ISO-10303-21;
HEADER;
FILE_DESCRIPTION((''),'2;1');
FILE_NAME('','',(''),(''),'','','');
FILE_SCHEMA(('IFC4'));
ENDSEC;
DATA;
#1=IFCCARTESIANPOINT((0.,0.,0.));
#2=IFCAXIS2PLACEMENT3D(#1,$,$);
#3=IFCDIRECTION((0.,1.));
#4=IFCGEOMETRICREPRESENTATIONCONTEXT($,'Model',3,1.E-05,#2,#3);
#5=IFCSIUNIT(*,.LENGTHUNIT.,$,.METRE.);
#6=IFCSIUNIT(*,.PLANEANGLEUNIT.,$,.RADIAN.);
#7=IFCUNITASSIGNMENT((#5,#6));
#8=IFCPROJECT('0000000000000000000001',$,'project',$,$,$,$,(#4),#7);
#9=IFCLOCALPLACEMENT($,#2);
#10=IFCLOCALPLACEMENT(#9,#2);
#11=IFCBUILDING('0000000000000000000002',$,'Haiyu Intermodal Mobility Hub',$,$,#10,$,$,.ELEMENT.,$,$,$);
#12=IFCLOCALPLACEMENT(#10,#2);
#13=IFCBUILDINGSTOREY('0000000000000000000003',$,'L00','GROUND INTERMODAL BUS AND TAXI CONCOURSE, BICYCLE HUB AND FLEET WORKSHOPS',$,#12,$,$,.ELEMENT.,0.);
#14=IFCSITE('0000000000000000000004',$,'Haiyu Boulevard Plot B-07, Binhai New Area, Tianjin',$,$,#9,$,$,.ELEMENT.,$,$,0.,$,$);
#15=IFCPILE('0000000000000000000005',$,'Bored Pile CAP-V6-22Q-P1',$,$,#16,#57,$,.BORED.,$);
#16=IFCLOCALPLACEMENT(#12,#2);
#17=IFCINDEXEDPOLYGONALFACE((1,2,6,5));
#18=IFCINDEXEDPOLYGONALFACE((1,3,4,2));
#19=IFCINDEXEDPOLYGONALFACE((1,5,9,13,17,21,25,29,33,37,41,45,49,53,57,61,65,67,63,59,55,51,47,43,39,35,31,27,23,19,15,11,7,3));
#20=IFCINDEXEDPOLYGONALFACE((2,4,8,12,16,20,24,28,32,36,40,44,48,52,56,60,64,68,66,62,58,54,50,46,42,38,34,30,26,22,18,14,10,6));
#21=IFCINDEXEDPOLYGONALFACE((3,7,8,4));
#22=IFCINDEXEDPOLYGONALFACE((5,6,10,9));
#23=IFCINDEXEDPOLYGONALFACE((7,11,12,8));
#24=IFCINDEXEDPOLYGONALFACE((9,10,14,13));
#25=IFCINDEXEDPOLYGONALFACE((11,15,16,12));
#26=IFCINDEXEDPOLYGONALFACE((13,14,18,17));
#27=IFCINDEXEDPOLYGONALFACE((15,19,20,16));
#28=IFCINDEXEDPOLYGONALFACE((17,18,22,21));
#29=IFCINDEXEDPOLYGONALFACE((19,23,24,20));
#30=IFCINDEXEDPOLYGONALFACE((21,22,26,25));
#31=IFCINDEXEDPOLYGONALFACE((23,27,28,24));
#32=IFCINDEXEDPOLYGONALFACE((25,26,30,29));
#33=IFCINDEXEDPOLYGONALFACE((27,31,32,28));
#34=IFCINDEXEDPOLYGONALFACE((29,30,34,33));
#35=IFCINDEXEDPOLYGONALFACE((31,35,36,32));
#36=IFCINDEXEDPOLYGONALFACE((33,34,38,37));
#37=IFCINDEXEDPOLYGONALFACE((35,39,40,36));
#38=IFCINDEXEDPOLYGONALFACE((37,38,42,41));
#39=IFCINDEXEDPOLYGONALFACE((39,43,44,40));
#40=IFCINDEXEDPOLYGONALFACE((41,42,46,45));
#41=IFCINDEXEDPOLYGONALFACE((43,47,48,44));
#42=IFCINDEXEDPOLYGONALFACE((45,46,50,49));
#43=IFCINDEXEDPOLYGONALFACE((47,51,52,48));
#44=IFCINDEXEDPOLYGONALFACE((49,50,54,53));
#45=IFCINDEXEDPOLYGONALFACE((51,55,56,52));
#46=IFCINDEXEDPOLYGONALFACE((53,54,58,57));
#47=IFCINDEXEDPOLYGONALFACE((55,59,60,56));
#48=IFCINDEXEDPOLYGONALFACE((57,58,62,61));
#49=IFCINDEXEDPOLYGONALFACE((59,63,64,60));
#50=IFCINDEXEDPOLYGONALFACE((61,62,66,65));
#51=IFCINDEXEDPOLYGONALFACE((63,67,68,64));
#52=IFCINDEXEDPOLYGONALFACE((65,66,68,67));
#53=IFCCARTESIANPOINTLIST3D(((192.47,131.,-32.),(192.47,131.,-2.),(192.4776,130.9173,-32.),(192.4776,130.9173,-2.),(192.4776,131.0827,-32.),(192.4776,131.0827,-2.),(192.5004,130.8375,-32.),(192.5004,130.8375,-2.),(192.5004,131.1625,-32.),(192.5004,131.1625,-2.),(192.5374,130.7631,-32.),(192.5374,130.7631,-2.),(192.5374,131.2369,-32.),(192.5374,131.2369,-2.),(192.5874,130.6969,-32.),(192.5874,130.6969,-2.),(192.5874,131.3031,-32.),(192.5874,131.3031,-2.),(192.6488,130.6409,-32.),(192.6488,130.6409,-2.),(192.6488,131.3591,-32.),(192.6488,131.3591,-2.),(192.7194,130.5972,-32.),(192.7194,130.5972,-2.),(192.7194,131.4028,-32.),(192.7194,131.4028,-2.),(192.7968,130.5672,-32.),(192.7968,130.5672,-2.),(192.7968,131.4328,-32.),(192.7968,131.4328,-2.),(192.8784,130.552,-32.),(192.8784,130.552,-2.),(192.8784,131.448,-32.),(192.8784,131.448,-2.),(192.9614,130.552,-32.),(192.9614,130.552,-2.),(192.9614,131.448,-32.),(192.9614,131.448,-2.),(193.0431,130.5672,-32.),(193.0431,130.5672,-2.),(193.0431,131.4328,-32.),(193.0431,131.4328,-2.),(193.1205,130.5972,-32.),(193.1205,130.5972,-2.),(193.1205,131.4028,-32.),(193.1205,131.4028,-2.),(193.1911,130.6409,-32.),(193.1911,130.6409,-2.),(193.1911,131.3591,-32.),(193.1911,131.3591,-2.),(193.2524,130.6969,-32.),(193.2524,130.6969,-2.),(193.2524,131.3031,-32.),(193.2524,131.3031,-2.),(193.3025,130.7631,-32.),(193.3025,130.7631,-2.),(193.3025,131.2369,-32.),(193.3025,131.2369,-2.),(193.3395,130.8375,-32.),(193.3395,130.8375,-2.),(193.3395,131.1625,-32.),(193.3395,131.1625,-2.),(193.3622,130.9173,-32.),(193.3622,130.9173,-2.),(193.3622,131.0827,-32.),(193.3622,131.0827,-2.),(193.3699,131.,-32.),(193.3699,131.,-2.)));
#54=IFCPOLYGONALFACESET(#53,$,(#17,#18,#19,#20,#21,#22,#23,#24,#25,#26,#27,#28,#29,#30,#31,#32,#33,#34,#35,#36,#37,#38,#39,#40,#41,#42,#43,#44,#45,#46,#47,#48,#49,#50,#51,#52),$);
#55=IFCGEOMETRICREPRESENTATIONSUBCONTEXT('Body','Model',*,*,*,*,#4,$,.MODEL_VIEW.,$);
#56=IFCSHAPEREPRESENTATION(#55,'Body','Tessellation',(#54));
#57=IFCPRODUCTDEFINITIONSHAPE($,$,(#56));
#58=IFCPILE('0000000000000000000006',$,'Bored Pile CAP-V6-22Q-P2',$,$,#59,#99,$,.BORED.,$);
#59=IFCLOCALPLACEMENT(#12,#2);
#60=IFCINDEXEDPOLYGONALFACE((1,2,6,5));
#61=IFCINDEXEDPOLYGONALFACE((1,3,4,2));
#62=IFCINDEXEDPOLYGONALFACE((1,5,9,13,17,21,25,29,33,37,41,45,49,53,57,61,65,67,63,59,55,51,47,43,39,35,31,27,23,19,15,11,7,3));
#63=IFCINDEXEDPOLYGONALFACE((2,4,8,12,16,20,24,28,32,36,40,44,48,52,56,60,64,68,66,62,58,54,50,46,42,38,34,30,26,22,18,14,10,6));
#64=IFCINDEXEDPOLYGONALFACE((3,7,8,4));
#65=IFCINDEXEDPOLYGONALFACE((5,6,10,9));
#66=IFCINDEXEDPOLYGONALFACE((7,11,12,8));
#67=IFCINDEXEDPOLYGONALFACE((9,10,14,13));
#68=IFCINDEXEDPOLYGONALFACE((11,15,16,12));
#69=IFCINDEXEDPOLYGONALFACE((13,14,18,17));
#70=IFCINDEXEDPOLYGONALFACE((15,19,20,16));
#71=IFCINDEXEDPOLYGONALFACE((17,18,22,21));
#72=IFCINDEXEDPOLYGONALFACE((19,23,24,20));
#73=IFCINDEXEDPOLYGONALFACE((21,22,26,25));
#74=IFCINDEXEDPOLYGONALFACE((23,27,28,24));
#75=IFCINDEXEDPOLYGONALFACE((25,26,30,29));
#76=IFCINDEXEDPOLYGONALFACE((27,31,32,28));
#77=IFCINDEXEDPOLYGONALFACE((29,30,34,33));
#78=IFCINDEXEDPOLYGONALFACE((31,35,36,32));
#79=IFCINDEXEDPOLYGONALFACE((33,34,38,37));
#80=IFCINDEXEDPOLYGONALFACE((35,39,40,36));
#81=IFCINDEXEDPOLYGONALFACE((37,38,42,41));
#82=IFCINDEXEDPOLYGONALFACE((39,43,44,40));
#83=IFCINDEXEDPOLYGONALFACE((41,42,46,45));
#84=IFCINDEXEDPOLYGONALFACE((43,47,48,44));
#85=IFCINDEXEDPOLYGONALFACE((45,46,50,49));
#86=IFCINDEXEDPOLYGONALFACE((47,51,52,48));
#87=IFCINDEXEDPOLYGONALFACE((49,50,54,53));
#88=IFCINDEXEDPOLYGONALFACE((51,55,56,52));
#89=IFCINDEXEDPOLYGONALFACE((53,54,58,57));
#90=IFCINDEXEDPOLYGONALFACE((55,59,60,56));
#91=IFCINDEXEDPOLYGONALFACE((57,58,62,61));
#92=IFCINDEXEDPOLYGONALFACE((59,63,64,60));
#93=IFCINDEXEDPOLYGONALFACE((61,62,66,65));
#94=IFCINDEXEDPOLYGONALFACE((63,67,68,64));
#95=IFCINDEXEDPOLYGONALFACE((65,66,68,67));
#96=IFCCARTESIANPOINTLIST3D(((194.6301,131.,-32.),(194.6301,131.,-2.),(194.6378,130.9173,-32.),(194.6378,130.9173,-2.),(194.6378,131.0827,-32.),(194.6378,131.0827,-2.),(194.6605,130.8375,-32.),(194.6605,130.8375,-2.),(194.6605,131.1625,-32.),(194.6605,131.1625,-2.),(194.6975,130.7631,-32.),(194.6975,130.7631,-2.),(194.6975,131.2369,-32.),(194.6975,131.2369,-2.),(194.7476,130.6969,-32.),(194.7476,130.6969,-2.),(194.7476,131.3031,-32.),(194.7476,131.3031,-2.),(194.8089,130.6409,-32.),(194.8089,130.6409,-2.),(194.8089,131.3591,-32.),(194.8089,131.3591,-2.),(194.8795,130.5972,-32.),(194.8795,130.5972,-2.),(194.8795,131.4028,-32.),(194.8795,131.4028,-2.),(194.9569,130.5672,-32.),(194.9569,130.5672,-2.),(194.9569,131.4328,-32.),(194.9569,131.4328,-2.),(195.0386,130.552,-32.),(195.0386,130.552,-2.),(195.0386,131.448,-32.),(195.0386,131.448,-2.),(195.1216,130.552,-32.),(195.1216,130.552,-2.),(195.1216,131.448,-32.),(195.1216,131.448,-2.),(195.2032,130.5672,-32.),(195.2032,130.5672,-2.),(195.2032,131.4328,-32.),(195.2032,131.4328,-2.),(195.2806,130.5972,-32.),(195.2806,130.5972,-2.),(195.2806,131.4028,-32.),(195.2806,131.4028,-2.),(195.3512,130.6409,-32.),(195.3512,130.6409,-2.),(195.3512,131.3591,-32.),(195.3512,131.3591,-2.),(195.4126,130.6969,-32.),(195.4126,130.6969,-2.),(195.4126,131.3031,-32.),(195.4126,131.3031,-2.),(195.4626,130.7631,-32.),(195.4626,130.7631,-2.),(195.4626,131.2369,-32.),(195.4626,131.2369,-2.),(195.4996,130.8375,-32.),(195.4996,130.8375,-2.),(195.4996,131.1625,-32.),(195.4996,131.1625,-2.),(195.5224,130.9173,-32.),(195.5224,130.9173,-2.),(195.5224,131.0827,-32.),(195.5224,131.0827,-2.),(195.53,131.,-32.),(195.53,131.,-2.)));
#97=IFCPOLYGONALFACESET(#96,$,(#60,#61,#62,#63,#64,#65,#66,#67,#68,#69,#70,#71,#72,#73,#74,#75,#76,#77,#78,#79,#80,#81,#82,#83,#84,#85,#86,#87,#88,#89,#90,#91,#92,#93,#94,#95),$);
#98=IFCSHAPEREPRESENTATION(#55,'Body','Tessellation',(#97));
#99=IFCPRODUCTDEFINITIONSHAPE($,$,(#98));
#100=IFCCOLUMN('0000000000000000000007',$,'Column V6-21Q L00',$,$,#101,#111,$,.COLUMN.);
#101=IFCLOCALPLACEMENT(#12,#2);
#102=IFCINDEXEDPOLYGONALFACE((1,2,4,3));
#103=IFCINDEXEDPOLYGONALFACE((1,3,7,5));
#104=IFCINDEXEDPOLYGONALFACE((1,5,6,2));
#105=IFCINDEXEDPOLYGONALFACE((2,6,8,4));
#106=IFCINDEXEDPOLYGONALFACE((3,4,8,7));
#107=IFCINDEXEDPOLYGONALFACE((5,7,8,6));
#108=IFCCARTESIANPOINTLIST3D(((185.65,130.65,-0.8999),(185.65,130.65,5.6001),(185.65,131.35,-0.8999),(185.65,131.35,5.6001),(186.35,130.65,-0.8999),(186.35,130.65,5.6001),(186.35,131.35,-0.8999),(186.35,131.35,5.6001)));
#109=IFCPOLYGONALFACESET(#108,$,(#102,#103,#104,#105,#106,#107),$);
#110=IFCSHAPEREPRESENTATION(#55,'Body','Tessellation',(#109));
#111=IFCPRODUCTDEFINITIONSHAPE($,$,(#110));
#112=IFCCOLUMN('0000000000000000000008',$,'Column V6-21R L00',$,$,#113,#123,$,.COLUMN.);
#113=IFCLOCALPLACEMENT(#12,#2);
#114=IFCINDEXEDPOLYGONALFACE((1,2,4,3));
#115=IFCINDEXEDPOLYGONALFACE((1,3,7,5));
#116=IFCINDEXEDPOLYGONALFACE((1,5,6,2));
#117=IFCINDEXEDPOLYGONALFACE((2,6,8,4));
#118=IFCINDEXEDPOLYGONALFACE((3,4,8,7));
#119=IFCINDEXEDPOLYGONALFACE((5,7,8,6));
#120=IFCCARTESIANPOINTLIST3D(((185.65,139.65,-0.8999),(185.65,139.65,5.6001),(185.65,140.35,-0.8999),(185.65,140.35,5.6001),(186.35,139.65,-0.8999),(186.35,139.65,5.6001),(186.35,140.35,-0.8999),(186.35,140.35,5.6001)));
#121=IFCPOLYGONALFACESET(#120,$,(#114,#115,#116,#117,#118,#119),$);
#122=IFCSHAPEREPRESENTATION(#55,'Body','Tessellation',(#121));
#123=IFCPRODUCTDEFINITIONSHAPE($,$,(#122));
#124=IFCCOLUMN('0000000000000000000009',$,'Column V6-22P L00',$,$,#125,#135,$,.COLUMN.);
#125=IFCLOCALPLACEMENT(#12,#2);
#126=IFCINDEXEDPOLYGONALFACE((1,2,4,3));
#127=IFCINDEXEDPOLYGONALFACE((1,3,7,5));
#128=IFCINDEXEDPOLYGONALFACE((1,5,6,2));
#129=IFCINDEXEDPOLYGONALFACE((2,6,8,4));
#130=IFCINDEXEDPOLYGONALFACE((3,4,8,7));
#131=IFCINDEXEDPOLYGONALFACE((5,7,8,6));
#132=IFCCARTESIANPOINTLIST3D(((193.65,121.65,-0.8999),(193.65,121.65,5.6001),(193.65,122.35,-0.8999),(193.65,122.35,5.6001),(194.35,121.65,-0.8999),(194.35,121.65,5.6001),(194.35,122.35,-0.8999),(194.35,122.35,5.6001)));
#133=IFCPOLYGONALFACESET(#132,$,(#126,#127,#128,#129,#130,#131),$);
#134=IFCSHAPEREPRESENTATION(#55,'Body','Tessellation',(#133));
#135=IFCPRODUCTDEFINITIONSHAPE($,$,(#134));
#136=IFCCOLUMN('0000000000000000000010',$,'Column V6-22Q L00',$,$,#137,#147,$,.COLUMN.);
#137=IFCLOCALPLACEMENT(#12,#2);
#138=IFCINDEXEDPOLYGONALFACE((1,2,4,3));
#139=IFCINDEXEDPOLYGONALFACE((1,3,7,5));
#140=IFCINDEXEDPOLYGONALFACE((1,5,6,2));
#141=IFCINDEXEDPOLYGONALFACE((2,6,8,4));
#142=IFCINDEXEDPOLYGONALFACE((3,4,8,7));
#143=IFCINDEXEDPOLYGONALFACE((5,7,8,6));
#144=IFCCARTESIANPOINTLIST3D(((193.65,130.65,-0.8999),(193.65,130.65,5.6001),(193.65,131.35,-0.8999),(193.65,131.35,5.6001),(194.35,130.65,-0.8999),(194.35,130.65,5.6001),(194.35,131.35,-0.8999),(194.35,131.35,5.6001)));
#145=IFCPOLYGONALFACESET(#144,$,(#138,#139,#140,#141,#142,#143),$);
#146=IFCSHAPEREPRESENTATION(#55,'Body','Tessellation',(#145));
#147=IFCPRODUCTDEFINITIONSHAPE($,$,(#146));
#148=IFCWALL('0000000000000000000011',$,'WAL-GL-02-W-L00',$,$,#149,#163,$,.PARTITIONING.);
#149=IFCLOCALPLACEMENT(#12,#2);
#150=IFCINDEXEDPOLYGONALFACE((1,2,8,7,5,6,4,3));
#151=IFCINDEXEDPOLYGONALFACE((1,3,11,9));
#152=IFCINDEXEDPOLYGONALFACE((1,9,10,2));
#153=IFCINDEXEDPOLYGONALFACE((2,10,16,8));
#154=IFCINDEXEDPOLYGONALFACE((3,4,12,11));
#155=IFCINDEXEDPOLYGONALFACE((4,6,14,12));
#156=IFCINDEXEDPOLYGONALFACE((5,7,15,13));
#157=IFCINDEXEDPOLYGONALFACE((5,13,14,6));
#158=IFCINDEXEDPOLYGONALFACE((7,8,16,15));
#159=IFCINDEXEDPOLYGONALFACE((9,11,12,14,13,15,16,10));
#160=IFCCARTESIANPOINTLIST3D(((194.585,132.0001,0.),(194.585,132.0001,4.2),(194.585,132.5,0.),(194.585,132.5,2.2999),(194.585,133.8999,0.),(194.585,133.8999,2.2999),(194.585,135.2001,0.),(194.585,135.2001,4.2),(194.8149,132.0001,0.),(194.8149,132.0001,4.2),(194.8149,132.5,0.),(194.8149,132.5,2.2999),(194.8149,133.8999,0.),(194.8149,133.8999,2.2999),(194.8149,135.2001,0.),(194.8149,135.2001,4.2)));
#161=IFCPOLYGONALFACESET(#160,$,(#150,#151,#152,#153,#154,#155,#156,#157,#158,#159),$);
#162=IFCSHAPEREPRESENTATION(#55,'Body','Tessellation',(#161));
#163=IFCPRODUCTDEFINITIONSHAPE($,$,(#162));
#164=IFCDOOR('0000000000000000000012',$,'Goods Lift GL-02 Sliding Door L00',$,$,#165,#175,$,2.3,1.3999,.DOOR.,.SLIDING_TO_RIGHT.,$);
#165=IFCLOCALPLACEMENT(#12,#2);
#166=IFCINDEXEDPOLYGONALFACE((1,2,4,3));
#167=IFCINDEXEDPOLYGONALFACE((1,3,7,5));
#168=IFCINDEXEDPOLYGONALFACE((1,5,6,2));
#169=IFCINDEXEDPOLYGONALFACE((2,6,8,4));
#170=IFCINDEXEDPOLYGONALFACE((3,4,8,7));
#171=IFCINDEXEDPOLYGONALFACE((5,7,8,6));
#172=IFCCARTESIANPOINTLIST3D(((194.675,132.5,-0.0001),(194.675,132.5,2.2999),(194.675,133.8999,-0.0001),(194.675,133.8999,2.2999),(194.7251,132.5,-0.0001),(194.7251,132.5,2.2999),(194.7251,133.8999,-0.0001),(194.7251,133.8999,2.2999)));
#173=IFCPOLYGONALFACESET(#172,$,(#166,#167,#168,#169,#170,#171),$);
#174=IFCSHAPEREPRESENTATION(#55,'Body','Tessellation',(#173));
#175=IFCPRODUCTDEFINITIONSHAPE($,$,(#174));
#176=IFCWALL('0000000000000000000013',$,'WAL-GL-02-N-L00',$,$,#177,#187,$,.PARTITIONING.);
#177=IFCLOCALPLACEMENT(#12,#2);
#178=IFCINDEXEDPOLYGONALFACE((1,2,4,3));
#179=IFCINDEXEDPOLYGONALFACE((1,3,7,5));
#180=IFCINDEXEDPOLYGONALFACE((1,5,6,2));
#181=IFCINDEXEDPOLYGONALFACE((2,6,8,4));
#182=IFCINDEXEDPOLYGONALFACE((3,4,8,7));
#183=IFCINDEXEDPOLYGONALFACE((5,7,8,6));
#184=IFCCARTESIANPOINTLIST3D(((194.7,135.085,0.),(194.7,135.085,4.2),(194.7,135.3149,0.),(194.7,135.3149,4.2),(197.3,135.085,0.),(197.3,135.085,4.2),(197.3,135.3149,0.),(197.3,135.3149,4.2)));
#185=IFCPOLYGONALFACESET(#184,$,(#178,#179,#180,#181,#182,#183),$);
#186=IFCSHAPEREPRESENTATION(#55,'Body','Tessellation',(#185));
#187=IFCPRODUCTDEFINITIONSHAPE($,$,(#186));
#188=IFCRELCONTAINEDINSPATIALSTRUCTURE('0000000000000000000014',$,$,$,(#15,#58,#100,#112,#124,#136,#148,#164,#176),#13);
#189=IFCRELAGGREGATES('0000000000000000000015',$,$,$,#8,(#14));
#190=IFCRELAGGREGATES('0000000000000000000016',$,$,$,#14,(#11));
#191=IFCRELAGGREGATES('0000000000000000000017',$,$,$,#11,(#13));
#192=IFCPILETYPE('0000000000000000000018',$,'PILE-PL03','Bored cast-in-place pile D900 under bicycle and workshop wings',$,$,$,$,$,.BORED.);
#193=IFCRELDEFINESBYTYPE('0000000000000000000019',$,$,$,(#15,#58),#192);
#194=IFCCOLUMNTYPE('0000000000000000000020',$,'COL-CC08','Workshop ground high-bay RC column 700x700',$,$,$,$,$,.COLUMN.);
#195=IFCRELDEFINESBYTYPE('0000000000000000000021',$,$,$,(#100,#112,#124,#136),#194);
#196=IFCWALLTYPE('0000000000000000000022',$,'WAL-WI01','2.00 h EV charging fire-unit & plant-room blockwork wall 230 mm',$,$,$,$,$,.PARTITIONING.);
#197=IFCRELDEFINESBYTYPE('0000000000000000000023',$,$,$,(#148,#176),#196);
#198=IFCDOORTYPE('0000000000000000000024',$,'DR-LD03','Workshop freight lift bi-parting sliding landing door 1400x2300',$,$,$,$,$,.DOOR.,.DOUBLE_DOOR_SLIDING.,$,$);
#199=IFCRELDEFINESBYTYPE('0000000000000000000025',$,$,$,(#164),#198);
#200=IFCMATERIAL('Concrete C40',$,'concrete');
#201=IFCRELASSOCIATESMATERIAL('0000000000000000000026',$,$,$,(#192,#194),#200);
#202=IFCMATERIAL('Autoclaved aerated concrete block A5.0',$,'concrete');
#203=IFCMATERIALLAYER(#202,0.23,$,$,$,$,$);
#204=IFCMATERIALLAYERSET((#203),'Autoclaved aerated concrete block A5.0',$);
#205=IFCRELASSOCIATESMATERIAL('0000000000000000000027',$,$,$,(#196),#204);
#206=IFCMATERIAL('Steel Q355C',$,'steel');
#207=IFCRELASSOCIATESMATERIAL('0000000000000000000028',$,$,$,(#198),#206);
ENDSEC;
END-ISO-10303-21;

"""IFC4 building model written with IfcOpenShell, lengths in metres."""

from ifc_helpers import new_model, si_unit, direction, frame, frame_2d, origin, origin_2d, place, context, subcontext, project, spatial, rectangle, circle, extrude, material, layer, layer_set, material_profile, profile_set, type_object, element, fill, save


model = new_model("IFC4")

# Units and contexts
model_context = context("Model", 3, precision=1e-05, world=origin(), true_north=direction((0.0, 1.0)))
body_context = subcontext(model_context, "Body", "Model", "MODEL_VIEW")
ifc_project = project(units=[si_unit("LENGTHUNIT", "METRE"), si_unit("PLANEANGLEUNIT", "RADIAN")], contexts=[model_context])

# Site, building, storey
site_placement = place(None, origin())
site = spatial("IfcSite", under=ifc_project, at=site_placement, Name="Haiyu Boulevard Plot B-07, Binhai New Area, Tianjin", CompositionType="ELEMENT", RefElevation=0.0)
building_placement = place(site_placement, origin())
building = spatial("IfcBuilding", under=site, at=building_placement, Name="Haiyu Intermodal Mobility Hub", CompositionType="ELEMENT")
storey_placement = place(building_placement, origin())
storey = spatial("IfcBuildingStorey", under=building, at=storey_placement, Name="L00", Description="GROUND INTERMODAL BUS AND TAXI CONCOURSE, BICYCLE HUB AND FLEET WORKSHOPS", CompositionType="ELEMENT", Elevation=0.0)

# Shared definitions
ifc_material_1 = material(Name="Concrete C40", Category="concrete")

# Piles
ifc_material_profile_1 = material_profile(ifc_material_1, circle(Radius=0.45, at=origin_2d()), Name="PILE-D900")
ifc_profile_set_1 = profile_set([ifc_material_profile_1], Name="Concrete C40")
pile_type = type_object("IfcPileType", Name="PILE-PL03", Description="Bored cast-in-place pile D900 under bicycle and workshop wings", PredefinedType="BORED", material=ifc_profile_set_1)
for number, where, z_axis, x_axis, name in (
    (1, (192.9199, 131.0, -2.0), (0.0, 0.0, -1.0), (1.0, 0.0, 0.0), "Bored Pile CAP-V6-22Q-P1"),
    (2, (195.0801, 131.0, -2.0), (0.0, 0.0, -1.0), (1.0, 0.0, 0.0), "Bored Pile CAP-V6-22Q-P2"),
):
    element("IfcPile", number, at=place(storey_placement, frame(where, z_axis=z_axis, x_axis=x_axis)), inside=storey, type_object=pile_type, Name=name, PredefinedType="BORED", context=body_context, shape_type="SweptSolid", body=[
        extrude(circle(Radius=0.45, at=origin_2d()), origin(), (0.0, 0.0, 1.0), 30.0),
    ])

# Columns
ifc_material_profile_2 = material_profile(ifc_material_1, rectangle(XDim=0.7, YDim=0.7, at=origin_2d()), Name="RC700x700")
ifc_profile_set_2 = profile_set([ifc_material_profile_2], Name="Concrete C40")
column_type = type_object("IfcColumnType", Name="COL-CC08", Description="Workshop ground high-bay RC column 700x700", PredefinedType="COLUMN", material=ifc_profile_set_2)
for number, where, z_axis, x_axis, name in (
    (3, (186.0, 131.0, -0.8999), (0.0, 0.0, 1.0), (1.0, 0.0, 0.0), "Column V6-21Q L00"),
    (4, (186.0, 140.0, -0.8999), (0.0, 0.0, 1.0), (1.0, 0.0, 0.0), "Column V6-21R L00"),
    (5, (194.0, 122.0, -0.8999), (0.0, 0.0, 1.0), (1.0, 0.0, 0.0), "Column V6-22P L00"),
    (6, (194.0, 131.0, -0.8999), (0.0, 0.0, 1.0), (1.0, 0.0, 0.0), "Column V6-22Q L00"),
):
    element("IfcColumn", number, at=place(storey_placement, frame(where, z_axis=z_axis, x_axis=x_axis)), inside=storey, type_object=column_type, Name=name, PredefinedType="COLUMN", context=body_context, shape_type="SweptSolid", body=[
        extrude(rectangle(XDim=0.7, YDim=0.7, at=origin_2d()), origin(), (0.0, 0.0, 1.0), 6.5),
    ])

# Wall, opening, door
ifc_material_2 = material(Name="Autoclaved aerated concrete block A5.0", Category="concrete")
ifc_layer_1 = layer(ifc_material_2, 0.23)
ifc_layer_set_1 = layer_set([ifc_layer_1], Name="Autoclaved aerated concrete block A5.0")
wall_type = type_object("IfcWallType", Name="WAL-WI01", Description="2.00 h EV charging fire-unit & plant-room blockwork wall 230 mm", PredefinedType="PARTITIONING", material=ifc_layer_set_1)
wall_1_placement = place(storey_placement, frame((194.7, 132.0, 0.0), z_axis=(0.0, 0.0, 1.0), x_axis=(0.0, 1.0, 0.0)))
wall_1 = element("IfcWall", 7, at=wall_1_placement, inside=storey, type_object=wall_type, Name="WAL-GL-02-W-L00", PredefinedType="PARTITIONING", context=body_context, shape_type="SweptSolid", body=[
    extrude(rectangle(XDim=3.2, YDim=0.23, at=frame_2d((1.6001, 0.0))), origin(), (0.0, 0.0, 1.0), 4.2),
])
opening_placement = place(wall_1_placement, frame((0.5, 0.0, 0.0)))
opening = element("IfcOpeningElement", 8, at=opening_placement, cuts=wall_1, PredefinedType="OPENING", context=body_context, shape_type="SweptSolid", body=[
    extrude(rectangle(XDim=1.3999, YDim=2.3, at=frame_2d((0.7, 1.1499))), frame((0.0, 0.125, 0.0), z_axis=(0.0, -1.0, 0.0), x_axis=(1.0, 0.0, 0.0)), (0.0, 0.0, 1.0), 0.25),
])
ifc_material_3 = material(Name="Steel Q355C", Category="steel")
door_type = type_object("IfcDoorType", Name="DR-LD03", Description="Workshop freight lift bi-parting sliding landing door 1400x2300", OperationType="DOUBLE_DOOR_SLIDING", PredefinedType="DOOR", material=ifc_material_3)
door_placement = place(opening_placement, origin())
door = element("IfcDoor", 9, at=door_placement, inside=storey, type_object=door_type, Name="Goods Lift GL-02 Sliding Door L00", OperationType="SLIDING_TO_RIGHT", OverallHeight=2.3, OverallWidth=1.3999, PredefinedType="DOOR", context=body_context, shape_type="SweptSolid", body=[
    extrude(rectangle(XDim=1.3999, YDim=2.3, at=frame_2d((0.7, 1.1499))), frame((0.0, 0.0249, 0.0), z_axis=(0.0, -1.0, 0.0), x_axis=(1.0, 0.0, 0.0)), (0.0, 0.0, 1.0), 0.05),
])
fill(opening, door)

# Wall
wall_2_placement = place(storey_placement, frame((194.7, 135.2, 0.0), z_axis=(0.0, 0.0, 1.0), x_axis=(1.0, 0.0, 0.0)))
element("IfcWall", 10, at=wall_2_placement, inside=storey, type_object=wall_type, Name="WAL-GL-02-N-L00", PredefinedType="PARTITIONING", context=body_context, shape_type="SweptSolid", body=[
    extrude(rectangle(XDim=2.6001, YDim=0.23, at=frame_2d((1.3, 0.0))), origin(), (0.0, 0.0, 1.0), 4.2),
])

save(model, "model.ifc")
